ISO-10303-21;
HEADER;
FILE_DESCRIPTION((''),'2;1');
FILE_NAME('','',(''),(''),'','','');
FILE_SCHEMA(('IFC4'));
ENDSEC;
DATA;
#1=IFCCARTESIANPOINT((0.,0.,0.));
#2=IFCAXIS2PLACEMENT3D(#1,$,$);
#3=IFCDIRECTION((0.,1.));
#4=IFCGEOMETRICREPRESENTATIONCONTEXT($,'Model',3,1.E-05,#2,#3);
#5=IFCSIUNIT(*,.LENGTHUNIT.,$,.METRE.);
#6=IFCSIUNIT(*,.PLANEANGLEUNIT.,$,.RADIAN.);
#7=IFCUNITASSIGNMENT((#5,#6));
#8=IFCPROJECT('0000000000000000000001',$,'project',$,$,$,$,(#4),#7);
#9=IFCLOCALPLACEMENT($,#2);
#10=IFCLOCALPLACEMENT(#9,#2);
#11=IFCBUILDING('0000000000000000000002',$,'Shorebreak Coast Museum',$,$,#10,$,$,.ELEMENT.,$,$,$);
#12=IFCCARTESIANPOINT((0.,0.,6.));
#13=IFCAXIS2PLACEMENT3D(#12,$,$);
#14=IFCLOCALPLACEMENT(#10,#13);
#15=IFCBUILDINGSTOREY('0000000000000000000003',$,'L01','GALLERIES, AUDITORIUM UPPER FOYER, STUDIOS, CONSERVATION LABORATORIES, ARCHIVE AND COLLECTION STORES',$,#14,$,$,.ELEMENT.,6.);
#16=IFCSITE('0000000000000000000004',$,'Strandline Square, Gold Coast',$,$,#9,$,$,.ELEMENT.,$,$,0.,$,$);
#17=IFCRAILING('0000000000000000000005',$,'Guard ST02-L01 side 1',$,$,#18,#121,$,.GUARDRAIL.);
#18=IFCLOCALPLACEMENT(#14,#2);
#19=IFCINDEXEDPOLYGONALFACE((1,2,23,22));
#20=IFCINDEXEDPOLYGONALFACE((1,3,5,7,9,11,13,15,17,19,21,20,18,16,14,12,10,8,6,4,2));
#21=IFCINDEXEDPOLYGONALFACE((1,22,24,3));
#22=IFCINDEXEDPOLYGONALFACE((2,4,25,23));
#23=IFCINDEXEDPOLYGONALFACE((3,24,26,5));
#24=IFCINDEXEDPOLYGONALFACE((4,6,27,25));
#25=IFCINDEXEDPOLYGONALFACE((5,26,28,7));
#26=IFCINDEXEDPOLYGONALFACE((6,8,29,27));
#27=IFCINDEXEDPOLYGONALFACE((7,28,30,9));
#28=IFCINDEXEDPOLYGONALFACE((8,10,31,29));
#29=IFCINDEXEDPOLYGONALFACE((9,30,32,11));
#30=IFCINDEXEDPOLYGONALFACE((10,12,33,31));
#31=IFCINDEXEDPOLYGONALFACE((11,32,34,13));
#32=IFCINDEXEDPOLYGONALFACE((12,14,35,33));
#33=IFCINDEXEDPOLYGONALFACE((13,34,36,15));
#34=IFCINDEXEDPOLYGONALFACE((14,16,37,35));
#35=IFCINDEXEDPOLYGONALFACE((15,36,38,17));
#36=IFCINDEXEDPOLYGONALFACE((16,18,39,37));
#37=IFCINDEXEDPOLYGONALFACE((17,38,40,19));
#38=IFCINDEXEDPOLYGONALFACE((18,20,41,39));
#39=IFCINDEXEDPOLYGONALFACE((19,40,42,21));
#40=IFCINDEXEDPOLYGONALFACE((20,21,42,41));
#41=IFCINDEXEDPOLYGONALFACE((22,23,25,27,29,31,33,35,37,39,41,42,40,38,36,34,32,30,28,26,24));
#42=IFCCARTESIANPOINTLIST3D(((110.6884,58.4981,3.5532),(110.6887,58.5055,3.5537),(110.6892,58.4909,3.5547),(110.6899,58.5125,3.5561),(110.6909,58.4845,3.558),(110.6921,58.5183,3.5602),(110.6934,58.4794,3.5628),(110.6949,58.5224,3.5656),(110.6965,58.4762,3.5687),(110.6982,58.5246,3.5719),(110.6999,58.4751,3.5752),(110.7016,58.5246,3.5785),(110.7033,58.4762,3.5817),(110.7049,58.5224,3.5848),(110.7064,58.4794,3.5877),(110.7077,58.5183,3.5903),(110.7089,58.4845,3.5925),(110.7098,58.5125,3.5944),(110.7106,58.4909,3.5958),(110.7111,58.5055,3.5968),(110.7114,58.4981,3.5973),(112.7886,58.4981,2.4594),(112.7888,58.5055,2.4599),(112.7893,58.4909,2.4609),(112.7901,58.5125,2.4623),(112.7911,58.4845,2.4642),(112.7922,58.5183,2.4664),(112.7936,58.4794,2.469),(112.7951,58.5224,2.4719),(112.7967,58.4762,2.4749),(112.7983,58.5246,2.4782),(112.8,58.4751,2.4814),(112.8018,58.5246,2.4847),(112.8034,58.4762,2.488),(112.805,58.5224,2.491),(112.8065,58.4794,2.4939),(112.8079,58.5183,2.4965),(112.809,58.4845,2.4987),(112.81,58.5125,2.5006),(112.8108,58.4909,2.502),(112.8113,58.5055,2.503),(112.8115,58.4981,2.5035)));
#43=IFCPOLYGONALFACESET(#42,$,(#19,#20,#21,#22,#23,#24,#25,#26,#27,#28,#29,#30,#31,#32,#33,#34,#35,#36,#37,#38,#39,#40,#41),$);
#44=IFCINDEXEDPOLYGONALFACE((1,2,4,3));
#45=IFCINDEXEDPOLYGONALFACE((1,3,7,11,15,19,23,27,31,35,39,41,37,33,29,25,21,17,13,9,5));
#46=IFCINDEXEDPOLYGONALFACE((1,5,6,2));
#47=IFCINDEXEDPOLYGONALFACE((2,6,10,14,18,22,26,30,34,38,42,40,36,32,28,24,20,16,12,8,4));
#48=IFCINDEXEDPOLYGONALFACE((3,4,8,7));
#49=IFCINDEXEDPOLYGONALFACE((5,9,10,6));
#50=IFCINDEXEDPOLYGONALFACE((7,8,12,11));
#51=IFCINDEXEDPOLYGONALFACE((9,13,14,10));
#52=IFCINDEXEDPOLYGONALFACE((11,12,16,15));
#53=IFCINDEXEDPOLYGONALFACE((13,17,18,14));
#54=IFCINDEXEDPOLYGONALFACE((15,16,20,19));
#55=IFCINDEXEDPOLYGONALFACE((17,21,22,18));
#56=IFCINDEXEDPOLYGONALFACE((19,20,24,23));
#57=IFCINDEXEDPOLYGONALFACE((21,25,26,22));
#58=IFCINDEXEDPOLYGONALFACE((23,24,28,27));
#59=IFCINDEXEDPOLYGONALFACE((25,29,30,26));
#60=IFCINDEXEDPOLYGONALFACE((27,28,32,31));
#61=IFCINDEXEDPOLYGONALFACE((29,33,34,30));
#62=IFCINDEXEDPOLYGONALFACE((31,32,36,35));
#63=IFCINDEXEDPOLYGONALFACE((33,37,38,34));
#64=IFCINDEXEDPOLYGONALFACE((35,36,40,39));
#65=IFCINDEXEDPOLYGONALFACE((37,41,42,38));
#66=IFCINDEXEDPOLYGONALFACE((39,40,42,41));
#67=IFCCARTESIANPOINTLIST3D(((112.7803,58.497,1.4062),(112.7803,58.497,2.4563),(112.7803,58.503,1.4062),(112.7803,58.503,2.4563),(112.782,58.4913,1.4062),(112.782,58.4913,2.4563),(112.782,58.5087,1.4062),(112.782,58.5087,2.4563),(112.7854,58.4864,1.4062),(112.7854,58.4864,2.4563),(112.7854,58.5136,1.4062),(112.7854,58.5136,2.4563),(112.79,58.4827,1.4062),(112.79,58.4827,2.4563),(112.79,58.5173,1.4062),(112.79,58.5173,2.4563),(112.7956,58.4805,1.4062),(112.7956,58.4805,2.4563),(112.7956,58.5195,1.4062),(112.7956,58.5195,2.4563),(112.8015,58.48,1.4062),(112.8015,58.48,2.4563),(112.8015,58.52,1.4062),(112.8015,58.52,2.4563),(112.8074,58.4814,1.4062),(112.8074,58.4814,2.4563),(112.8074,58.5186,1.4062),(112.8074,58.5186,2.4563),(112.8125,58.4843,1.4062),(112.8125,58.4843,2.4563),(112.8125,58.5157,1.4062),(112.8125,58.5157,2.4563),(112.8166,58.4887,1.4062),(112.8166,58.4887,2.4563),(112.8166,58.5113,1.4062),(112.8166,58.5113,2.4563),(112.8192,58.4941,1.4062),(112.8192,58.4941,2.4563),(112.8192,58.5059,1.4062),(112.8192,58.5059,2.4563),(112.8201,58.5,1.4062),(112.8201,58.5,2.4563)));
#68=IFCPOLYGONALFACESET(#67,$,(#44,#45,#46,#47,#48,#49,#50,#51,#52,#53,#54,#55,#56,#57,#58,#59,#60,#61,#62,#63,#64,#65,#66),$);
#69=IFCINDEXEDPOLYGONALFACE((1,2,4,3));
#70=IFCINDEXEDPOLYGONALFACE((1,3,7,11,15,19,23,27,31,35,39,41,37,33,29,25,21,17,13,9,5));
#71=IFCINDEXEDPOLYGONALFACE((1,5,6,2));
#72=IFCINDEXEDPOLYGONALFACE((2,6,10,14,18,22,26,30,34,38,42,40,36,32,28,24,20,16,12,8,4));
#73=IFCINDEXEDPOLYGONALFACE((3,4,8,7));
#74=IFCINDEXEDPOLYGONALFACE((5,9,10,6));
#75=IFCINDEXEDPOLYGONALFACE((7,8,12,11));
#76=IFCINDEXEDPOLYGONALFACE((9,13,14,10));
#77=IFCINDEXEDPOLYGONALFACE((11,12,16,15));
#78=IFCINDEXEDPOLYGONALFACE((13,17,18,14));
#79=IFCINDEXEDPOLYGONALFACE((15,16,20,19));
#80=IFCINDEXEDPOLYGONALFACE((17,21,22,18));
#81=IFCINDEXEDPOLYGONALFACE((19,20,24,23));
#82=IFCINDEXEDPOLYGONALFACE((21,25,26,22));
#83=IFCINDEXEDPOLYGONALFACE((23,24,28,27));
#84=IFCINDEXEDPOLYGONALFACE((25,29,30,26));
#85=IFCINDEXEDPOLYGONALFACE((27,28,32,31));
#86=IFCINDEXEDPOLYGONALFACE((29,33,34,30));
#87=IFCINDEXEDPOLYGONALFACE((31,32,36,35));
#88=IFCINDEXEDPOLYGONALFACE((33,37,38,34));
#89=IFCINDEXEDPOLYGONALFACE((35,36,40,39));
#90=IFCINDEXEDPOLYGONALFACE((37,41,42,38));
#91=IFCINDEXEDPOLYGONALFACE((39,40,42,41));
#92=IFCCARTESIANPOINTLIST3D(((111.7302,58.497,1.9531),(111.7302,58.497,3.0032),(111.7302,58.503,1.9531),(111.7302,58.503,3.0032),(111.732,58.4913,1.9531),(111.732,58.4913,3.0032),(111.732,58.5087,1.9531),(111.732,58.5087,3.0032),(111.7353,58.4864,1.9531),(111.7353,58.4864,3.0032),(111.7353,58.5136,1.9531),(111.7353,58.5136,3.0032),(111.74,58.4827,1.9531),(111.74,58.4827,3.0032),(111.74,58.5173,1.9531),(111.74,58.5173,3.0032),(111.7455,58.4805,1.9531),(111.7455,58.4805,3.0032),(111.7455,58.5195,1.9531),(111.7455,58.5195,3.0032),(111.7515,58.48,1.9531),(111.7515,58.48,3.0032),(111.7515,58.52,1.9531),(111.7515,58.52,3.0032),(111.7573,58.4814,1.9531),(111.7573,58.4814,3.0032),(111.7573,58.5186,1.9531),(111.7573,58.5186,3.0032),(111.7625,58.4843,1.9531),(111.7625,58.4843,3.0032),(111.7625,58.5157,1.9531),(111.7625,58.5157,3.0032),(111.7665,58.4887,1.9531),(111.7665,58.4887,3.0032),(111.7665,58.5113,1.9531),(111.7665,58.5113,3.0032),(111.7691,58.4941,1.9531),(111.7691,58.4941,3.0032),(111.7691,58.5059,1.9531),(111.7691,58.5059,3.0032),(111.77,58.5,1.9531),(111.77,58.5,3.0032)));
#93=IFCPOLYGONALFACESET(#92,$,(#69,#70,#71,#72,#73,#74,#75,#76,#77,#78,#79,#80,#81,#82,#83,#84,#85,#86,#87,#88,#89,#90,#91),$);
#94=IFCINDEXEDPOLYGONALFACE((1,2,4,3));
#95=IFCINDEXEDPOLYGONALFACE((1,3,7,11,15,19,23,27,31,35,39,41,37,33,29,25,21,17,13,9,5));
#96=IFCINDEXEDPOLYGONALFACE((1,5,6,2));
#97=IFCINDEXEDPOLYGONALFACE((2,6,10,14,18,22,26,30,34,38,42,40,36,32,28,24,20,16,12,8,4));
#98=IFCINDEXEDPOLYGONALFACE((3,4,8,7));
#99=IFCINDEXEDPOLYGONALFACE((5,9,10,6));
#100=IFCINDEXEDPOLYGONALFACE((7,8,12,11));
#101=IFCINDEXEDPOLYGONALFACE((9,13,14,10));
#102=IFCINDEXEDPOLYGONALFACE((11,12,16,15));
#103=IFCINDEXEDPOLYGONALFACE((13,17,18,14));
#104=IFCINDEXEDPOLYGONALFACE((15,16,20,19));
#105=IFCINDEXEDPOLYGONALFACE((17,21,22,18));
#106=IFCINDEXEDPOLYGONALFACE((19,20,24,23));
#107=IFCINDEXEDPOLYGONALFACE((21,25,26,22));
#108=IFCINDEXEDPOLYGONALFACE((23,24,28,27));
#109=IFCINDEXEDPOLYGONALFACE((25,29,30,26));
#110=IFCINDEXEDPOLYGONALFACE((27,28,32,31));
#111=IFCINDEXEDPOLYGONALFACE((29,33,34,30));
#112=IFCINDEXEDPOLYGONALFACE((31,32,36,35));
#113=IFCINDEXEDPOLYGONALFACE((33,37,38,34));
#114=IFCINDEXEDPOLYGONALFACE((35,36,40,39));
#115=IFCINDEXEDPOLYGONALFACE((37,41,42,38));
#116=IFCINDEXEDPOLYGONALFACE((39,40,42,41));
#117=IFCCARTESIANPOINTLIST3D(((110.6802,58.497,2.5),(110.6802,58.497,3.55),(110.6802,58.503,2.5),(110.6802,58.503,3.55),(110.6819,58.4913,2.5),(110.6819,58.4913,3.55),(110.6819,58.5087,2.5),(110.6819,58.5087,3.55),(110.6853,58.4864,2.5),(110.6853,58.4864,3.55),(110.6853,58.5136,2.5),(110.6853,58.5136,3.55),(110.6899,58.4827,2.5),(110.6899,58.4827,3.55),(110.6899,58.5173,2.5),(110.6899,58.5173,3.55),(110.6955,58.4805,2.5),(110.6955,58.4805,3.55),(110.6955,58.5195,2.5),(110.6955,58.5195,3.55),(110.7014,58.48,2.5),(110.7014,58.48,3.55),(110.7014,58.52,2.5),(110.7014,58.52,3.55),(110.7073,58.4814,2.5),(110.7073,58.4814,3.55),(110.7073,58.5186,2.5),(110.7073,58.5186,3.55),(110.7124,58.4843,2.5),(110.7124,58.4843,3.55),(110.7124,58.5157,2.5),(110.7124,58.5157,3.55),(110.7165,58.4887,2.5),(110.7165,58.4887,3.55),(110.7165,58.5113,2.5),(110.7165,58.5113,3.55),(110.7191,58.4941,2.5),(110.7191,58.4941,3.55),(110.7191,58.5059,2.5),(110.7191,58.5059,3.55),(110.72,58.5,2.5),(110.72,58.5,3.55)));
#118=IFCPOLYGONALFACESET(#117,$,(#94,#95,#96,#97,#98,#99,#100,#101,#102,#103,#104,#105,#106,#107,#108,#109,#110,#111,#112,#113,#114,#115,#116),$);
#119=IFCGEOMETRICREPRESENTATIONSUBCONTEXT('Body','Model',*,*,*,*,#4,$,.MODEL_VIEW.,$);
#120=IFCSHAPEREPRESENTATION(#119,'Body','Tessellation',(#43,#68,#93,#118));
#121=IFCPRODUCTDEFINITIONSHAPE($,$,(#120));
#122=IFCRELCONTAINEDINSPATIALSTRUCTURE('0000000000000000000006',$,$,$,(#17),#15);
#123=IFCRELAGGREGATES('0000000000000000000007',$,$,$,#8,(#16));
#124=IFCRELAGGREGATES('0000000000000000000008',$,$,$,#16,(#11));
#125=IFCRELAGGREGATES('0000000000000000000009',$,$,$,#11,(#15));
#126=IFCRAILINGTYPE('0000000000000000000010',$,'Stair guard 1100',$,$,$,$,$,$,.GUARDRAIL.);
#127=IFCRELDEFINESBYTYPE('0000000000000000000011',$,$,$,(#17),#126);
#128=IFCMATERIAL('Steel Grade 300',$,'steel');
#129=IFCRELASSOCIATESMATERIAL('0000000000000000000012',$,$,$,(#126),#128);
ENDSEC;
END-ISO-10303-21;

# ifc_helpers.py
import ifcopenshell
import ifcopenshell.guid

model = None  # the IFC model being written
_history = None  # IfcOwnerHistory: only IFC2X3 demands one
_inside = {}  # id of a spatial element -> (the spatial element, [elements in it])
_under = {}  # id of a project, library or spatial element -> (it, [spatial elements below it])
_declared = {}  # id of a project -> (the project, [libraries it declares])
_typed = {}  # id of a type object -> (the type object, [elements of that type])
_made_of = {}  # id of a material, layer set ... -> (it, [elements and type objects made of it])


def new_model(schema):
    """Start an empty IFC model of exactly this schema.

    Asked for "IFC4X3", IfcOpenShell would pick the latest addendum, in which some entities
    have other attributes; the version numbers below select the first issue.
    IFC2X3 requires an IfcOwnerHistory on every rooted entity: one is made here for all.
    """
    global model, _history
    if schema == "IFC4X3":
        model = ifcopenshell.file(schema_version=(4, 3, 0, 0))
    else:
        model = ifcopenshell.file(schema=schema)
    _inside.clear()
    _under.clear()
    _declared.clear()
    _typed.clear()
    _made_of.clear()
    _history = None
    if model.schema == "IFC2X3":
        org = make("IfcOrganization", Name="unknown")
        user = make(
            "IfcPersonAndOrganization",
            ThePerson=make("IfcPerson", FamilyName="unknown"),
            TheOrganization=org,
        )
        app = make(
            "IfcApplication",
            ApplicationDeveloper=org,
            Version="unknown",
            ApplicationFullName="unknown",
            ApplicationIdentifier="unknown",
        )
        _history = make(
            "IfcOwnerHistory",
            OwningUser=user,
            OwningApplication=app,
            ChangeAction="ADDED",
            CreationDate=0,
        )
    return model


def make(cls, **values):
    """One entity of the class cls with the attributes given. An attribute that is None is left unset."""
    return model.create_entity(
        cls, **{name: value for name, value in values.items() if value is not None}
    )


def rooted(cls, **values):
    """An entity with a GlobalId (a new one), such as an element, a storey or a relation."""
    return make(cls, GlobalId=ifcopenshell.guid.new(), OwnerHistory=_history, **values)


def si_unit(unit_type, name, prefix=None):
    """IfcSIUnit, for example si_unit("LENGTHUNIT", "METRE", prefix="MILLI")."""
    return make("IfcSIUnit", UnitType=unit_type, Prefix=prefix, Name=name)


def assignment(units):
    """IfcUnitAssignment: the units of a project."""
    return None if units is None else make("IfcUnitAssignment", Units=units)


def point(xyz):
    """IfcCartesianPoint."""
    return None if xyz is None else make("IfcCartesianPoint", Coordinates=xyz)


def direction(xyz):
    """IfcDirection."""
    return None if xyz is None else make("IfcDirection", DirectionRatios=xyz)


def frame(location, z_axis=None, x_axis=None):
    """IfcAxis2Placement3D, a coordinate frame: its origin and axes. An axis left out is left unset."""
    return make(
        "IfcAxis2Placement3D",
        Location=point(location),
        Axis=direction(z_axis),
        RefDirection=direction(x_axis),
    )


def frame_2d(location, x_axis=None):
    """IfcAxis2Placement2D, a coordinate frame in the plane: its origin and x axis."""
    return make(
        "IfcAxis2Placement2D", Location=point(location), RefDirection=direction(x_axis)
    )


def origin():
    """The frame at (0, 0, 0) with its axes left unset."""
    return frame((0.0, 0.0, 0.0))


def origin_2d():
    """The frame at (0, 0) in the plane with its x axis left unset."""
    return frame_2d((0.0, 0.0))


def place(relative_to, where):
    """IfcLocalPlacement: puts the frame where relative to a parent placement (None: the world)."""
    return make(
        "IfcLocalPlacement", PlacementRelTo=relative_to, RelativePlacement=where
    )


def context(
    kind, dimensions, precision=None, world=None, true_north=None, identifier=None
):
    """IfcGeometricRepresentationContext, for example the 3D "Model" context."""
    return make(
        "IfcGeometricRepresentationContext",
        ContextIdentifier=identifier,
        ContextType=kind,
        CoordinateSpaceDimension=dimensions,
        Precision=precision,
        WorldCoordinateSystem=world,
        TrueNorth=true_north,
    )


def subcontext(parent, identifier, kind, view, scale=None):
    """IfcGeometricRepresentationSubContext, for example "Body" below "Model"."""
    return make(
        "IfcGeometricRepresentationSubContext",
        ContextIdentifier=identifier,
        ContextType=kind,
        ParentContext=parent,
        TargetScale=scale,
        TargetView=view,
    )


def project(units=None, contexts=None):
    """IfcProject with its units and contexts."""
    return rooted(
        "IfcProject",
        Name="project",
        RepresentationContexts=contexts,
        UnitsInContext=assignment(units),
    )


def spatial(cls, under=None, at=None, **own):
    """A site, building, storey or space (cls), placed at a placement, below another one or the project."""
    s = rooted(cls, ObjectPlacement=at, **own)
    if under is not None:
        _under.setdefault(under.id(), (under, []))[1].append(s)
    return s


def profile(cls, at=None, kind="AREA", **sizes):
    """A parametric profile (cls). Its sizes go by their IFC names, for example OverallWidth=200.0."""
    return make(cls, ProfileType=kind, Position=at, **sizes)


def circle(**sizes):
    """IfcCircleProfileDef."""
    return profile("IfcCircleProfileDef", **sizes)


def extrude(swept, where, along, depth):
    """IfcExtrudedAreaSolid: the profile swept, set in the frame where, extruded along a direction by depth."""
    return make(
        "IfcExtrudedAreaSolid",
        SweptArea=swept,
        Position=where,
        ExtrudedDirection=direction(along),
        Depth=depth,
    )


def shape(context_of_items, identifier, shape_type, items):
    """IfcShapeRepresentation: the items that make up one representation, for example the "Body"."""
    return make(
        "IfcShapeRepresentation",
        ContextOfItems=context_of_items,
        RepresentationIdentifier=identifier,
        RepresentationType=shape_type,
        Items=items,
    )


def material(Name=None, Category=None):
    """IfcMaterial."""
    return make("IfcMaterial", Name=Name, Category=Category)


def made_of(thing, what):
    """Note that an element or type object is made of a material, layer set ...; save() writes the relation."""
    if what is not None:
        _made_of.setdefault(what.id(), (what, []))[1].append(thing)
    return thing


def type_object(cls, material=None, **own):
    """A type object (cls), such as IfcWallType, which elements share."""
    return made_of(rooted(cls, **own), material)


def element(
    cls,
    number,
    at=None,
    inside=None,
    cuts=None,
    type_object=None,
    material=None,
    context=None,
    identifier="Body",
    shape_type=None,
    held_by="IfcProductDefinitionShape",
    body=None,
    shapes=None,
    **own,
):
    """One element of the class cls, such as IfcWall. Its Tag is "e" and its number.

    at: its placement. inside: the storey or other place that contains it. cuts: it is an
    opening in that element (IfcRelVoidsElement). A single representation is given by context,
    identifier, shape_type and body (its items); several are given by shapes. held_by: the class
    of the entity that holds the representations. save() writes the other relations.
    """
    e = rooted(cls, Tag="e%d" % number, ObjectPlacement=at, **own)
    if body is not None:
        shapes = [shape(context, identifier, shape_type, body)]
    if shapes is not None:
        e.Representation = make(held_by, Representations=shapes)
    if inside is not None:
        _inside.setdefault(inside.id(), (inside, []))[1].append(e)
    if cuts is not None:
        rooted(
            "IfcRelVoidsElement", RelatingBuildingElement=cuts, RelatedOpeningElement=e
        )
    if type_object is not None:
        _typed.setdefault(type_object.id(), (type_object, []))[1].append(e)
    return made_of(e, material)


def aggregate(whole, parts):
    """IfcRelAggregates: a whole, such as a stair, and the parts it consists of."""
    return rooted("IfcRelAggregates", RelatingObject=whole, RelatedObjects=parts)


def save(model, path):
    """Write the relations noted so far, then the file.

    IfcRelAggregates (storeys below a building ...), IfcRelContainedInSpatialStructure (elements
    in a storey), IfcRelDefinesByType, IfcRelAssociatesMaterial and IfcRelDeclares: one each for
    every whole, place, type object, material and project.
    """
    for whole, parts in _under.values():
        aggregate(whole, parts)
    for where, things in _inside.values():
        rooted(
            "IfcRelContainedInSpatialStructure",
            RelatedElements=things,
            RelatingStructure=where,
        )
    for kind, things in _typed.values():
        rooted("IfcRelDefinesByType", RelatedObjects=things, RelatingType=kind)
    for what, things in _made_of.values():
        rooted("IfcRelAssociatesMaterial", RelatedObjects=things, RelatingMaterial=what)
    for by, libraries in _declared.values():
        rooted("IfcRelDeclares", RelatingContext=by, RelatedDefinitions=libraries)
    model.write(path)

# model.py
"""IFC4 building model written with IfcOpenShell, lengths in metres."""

from ifc_helpers import new_model, si_unit, direction, frame, origin, origin_2d, place, context, subcontext, project, spatial, circle, extrude, material, type_object, element, save


model = new_model("IFC4")

# Units and contexts
model_context = context("Model", 3, precision=1e-05, world=origin(), true_north=direction((0.0, 1.0)))
body_context = subcontext(model_context, "Body", "Model", "MODEL_VIEW")
ifc_project = project(units=[si_unit("LENGTHUNIT", "METRE"), si_unit("PLANEANGLEUNIT", "RADIAN")], contexts=[model_context])

# Site, building, storey
site_placement = place(None, origin())
site = spatial("IfcSite", under=ifc_project, at=site_placement, Name="Strandline Square, Gold Coast", CompositionType="ELEMENT", RefElevation=0.0)
building_placement = place(site_placement, origin())
building = spatial("IfcBuilding", under=site, at=building_placement, Name="Shorebreak Coast Museum", CompositionType="ELEMENT")
storey_placement = place(building_placement, frame((0.0, 0.0, 6.0)))
storey = spatial("IfcBuildingStorey", under=building, at=storey_placement, Name="L01", Description="GALLERIES, AUDITORIUM UPPER FOYER, STUDIOS, CONSERVATION LABORATORIES, ARCHIVE AND COLLECTION STORES", CompositionType="ELEMENT", Elevation=6.0)

# Railing
ifc_material_1 = material(Name="Steel Grade 300", Category="steel")
railing_type_1 = type_object("IfcRailingType", Name="Stair guard 1100", PredefinedType="GUARDRAIL", material=ifc_material_1)
for number, where, name in (
    (1, (112.8, 58.5, 1.4062), "Guard ST02-L01 side 1"),
):
    element("IfcRailing", number, at=place(storey_placement, frame(where)), inside=storey, type_object=railing_type_1, Name=name, PredefinedType="GUARDRAIL", context=body_context, shape_type="SweptSolid", body=[
        extrude(circle(Radius=0.0249, at=origin_2d()), frame((0.0, 0.0, 1.0752), z_axis=(-0.886923, 0.0, 0.461918), x_axis=(0.0, -1.0, 0.0)), (0.0, 0.0, 1.0), 2.3679),
        extrude(circle(Radius=0.02, at=origin_2d()), origin(), (0.0, 0.0, 1.0), 1.05),
        extrude(circle(Radius=0.02, at=origin_2d()), frame((-1.05, 0.0, 0.5469)), (0.0, 0.0, 1.0), 1.05),
        extrude(circle(Radius=0.02, at=origin_2d()), frame((-2.1001, 0.0, 1.0938)), (0.0, 0.0, 1.0), 1.05),
    ])

save(model, "model.ifc")
